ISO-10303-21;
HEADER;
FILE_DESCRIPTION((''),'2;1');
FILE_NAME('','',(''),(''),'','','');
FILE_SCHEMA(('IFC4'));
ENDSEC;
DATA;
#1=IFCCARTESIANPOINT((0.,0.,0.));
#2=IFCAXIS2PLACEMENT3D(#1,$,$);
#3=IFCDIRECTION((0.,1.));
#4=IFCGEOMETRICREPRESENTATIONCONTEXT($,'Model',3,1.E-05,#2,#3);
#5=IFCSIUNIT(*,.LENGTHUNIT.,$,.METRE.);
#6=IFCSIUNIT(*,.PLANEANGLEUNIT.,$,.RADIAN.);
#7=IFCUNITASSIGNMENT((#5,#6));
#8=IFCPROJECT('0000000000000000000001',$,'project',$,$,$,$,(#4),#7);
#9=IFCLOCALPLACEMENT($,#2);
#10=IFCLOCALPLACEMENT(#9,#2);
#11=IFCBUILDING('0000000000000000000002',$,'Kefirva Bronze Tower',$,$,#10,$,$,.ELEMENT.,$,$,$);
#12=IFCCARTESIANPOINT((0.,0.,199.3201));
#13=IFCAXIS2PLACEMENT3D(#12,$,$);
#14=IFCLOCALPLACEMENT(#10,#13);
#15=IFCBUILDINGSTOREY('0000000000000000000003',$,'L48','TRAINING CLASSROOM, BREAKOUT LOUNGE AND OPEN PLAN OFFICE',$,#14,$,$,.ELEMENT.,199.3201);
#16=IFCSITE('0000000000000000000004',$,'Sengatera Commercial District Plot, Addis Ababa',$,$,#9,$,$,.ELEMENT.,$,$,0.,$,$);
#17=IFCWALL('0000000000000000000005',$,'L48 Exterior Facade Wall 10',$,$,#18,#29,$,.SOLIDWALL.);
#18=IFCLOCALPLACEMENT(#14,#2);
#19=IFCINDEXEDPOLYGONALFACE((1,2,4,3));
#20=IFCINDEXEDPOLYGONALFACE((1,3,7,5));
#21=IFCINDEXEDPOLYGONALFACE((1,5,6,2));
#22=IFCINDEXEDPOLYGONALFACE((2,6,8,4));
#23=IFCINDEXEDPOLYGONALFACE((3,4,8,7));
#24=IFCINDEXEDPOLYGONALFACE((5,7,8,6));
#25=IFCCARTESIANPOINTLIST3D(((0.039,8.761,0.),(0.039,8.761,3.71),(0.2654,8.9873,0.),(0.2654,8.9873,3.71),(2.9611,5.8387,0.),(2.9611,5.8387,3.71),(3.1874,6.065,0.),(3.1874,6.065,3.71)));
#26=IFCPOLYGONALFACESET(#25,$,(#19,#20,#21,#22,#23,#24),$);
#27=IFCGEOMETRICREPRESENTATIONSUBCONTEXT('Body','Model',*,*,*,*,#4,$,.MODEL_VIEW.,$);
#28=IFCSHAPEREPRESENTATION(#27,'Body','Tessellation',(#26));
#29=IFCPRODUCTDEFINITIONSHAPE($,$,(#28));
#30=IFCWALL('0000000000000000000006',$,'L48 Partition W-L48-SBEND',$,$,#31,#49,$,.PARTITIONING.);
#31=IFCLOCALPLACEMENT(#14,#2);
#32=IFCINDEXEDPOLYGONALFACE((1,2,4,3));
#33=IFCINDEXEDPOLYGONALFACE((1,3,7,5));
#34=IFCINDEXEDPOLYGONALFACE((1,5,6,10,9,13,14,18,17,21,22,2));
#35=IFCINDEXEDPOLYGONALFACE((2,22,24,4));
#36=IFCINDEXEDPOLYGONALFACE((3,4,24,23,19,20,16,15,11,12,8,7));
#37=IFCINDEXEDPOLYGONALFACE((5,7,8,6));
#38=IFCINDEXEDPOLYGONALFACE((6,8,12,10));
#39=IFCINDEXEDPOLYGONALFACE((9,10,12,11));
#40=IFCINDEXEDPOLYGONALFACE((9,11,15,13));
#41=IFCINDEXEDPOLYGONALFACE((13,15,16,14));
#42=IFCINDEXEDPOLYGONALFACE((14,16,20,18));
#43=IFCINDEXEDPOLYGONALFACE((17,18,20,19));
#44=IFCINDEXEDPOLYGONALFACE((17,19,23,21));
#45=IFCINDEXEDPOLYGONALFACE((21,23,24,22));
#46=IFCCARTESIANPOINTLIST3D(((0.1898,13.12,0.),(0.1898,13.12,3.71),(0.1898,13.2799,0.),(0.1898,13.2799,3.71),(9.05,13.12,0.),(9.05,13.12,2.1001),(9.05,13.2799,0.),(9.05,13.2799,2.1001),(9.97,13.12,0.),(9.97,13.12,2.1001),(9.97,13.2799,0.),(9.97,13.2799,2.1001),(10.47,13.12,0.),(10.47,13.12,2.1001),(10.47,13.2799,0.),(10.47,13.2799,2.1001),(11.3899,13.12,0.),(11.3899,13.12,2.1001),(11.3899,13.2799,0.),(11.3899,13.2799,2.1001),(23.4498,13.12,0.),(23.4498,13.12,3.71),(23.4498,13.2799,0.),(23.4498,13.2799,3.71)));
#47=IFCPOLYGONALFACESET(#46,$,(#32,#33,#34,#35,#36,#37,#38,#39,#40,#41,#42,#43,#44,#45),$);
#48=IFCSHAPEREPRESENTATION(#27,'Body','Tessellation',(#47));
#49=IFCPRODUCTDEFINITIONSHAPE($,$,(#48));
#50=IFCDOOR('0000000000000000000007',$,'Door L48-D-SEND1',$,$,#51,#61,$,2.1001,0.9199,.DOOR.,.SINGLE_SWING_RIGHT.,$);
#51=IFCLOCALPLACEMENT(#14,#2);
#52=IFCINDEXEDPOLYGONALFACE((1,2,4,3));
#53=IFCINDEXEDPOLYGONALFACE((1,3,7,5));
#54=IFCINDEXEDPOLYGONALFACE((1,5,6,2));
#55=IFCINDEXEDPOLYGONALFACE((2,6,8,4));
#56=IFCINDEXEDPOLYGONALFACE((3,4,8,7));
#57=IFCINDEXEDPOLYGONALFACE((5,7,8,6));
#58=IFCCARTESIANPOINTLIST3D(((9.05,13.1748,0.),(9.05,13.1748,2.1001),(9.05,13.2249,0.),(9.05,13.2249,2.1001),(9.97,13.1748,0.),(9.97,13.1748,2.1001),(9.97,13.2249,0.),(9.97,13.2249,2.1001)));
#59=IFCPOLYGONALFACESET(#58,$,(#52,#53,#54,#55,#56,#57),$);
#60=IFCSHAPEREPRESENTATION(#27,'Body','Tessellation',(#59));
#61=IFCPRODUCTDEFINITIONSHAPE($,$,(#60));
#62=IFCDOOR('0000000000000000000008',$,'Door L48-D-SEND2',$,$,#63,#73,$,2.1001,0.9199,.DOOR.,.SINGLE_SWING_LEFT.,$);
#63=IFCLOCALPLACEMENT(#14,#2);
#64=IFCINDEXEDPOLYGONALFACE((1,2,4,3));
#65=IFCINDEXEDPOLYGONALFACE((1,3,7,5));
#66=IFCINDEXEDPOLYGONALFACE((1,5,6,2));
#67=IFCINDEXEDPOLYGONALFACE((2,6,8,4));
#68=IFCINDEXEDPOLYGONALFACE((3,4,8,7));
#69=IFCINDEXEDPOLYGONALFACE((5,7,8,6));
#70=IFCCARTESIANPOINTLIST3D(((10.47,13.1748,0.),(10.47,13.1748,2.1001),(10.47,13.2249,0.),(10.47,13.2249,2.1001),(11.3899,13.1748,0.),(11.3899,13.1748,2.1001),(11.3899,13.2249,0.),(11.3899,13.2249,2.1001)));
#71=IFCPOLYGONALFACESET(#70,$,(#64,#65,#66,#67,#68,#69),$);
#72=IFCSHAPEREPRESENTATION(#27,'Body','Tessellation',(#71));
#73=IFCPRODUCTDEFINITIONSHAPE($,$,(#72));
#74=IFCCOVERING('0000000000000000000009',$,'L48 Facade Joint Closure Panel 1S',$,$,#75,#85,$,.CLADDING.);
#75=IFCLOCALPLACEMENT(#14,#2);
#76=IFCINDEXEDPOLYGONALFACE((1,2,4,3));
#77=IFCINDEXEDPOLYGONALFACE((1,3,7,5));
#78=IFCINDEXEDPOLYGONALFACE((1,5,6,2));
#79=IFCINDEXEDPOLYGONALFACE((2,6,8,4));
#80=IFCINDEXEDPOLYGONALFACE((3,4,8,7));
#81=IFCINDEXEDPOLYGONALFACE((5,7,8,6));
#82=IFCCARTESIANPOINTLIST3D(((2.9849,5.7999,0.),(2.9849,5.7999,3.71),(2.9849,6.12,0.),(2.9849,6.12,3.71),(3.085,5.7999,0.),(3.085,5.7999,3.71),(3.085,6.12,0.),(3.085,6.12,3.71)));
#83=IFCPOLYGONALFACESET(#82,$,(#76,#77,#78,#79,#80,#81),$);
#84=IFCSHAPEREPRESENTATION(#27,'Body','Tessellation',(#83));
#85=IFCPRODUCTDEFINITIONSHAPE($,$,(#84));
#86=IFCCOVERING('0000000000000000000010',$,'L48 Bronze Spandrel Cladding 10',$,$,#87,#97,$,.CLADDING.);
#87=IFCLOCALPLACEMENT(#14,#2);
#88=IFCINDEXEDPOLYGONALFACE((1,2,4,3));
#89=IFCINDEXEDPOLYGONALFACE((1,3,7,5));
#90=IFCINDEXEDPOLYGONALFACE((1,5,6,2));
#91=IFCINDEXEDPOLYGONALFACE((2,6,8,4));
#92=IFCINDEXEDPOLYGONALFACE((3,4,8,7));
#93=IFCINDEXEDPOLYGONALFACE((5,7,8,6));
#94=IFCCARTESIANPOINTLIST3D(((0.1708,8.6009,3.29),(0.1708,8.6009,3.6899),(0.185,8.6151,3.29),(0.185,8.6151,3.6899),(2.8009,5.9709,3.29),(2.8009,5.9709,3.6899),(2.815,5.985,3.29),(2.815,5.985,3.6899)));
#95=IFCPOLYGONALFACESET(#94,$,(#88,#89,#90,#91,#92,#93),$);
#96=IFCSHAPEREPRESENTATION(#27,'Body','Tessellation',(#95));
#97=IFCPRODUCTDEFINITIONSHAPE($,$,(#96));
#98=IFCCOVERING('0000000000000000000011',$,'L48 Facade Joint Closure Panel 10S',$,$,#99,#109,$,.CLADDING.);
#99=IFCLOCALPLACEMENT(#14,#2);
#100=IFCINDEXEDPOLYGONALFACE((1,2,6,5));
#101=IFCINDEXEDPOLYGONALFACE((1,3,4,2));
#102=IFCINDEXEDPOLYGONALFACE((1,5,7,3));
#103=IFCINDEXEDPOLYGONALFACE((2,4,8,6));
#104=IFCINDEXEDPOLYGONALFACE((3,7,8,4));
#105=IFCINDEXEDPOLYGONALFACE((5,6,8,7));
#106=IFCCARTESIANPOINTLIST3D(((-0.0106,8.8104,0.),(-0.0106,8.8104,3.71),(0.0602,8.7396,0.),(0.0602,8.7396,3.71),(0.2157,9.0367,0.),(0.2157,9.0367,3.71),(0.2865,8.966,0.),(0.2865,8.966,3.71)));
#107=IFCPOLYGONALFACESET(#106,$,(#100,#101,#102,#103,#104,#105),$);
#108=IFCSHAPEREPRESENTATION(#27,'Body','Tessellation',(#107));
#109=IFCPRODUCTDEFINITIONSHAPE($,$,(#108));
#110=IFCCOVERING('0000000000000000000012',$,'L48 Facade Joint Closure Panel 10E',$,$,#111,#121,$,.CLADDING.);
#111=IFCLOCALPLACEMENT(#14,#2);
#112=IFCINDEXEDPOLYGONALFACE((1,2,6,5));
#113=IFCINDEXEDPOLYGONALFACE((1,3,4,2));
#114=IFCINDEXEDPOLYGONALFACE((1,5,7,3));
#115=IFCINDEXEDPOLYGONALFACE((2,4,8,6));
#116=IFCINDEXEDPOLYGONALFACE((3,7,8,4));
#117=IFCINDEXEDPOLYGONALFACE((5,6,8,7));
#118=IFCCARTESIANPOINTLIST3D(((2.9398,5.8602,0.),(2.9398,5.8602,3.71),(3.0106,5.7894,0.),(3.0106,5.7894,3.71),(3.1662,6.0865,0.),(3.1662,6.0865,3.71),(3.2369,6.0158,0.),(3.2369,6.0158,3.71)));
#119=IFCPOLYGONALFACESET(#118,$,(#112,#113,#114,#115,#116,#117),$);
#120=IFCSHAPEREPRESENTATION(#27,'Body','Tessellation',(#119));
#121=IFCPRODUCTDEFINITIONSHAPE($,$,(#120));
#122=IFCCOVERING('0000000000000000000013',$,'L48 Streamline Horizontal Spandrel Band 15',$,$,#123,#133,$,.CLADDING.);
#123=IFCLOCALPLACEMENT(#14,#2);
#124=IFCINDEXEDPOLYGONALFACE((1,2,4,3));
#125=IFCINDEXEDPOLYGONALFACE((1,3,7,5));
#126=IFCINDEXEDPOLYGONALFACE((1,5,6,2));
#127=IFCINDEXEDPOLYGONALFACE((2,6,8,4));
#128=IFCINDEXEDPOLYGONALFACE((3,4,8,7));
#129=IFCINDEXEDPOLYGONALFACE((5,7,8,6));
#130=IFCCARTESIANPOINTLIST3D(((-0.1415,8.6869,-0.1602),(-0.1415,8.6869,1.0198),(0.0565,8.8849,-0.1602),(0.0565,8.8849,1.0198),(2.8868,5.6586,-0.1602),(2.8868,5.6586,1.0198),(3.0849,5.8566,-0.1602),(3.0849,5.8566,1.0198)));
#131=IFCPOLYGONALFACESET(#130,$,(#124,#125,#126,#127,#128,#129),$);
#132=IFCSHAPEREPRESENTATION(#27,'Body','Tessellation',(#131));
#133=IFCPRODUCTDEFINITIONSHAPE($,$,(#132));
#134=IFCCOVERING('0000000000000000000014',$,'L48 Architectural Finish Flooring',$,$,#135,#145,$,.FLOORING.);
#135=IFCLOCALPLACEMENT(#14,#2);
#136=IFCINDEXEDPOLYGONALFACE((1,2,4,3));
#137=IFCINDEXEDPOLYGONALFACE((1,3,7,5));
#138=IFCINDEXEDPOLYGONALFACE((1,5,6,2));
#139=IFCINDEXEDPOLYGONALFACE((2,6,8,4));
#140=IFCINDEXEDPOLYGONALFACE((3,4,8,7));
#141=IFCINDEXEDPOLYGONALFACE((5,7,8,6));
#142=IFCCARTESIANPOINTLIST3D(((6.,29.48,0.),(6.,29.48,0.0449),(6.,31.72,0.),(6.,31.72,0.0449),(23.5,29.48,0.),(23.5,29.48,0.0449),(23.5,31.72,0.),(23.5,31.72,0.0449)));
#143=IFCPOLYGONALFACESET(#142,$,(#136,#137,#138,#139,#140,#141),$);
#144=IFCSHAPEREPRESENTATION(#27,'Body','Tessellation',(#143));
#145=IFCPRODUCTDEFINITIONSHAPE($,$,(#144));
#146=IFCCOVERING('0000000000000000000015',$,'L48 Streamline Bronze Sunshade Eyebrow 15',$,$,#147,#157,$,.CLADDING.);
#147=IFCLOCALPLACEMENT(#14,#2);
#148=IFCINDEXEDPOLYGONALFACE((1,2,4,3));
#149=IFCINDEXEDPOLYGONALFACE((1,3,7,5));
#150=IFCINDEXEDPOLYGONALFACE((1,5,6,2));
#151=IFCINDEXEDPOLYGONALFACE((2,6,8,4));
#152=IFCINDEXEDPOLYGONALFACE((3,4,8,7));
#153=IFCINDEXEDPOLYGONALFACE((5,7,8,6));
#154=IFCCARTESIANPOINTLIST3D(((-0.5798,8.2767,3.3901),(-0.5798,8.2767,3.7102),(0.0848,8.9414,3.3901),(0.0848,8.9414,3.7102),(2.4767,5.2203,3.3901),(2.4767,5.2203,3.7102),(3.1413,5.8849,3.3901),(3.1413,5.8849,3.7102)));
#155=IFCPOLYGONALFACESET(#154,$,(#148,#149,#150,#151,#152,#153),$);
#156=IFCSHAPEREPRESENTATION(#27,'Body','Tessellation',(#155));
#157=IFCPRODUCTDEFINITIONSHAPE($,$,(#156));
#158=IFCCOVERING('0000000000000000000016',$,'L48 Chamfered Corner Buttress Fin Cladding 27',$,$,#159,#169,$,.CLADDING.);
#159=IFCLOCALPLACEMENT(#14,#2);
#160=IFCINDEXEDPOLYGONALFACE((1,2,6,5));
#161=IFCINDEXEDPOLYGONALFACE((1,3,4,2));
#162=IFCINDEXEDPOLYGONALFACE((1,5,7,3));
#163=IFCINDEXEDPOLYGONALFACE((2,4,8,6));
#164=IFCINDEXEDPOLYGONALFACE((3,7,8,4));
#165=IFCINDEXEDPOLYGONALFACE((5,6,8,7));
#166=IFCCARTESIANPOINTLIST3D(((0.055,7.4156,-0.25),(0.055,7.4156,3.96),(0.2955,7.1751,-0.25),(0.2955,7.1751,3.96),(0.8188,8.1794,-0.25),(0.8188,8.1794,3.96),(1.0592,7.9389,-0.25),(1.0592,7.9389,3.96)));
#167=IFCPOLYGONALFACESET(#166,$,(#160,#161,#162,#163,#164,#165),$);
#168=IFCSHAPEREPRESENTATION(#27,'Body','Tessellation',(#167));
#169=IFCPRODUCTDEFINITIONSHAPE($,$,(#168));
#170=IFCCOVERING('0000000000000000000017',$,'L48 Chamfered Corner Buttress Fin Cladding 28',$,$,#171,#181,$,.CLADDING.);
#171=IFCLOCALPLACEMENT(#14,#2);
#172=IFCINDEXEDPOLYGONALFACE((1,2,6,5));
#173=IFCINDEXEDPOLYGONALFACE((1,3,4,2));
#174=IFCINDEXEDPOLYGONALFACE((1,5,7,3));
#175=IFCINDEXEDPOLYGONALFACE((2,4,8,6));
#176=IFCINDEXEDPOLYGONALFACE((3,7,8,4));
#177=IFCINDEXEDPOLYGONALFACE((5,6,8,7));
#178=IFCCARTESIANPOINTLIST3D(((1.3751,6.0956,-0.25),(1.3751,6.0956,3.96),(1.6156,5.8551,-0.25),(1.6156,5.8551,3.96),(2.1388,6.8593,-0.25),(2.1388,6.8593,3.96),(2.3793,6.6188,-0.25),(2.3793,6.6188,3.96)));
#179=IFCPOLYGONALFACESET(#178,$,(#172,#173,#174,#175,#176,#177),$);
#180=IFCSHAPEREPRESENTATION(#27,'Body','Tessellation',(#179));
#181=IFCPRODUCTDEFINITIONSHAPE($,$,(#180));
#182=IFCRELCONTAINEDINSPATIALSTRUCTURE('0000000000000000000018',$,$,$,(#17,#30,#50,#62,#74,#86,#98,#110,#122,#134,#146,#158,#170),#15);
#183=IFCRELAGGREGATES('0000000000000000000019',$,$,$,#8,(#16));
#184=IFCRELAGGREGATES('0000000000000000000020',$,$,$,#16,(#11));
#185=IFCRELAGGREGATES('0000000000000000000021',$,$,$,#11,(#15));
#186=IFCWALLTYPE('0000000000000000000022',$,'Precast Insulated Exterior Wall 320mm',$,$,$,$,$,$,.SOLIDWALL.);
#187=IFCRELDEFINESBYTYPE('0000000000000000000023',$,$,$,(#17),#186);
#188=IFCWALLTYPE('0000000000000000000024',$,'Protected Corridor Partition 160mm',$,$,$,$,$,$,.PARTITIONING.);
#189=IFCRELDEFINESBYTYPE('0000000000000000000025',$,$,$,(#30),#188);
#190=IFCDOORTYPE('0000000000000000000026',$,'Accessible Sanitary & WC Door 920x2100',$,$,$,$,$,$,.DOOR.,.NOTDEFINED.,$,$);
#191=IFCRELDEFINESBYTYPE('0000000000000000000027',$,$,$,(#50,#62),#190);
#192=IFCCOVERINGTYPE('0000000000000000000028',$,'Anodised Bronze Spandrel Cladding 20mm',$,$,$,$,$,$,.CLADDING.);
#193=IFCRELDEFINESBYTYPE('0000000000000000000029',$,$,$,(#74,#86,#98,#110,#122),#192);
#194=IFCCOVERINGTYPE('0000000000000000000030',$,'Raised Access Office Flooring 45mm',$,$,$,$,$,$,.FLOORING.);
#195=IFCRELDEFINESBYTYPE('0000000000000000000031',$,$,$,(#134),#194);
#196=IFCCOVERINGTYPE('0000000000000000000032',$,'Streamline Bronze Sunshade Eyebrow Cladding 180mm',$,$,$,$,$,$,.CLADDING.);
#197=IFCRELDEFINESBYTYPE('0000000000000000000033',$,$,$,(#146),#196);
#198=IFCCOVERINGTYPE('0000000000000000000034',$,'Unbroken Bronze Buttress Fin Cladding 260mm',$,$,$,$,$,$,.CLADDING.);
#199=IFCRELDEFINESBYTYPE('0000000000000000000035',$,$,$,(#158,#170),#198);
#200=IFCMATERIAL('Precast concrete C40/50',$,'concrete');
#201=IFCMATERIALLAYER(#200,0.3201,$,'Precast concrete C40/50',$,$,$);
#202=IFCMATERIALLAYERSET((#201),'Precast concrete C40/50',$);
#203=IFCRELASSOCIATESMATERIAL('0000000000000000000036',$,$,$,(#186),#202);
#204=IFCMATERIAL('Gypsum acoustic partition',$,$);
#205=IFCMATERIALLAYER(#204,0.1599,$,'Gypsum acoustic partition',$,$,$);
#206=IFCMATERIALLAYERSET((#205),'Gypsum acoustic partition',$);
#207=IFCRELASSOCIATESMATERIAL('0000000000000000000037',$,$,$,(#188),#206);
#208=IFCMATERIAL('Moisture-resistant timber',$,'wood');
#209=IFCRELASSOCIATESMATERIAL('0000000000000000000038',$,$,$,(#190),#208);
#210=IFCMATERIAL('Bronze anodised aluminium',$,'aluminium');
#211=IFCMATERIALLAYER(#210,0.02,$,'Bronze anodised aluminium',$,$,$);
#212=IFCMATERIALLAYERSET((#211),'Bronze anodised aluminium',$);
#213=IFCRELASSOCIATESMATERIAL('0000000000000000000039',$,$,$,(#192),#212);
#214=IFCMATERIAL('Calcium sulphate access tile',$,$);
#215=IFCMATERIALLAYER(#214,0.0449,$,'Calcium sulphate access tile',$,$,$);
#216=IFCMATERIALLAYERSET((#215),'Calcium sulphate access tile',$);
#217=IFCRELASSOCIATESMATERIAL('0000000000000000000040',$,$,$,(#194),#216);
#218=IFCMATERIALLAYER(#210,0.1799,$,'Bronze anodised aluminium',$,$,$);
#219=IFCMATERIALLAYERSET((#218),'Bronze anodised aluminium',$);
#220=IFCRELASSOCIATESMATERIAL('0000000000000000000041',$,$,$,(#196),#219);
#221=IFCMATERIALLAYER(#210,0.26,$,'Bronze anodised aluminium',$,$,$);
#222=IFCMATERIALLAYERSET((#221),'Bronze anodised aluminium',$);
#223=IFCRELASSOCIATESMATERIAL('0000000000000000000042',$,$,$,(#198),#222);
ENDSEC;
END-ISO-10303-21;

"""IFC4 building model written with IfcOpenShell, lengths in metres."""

from ifc_helpers import new_model, si_unit, direction, frame, frame_2d, origin, origin_2d, place, context, subcontext, project, spatial, polyline, rectangle, outline, extrude, material, layer, layer_set, type_object, element, fill, save


model = new_model("IFC4")

# Units and contexts
model_context = context("Model", 3, precision=1e-05, world=origin(), true_north=direction((0.0, 1.0)))
body_context = subcontext(model_context, "Body", "Model", "MODEL_VIEW")
ifc_project = project(units=[si_unit("LENGTHUNIT", "METRE"), si_unit("PLANEANGLEUNIT", "RADIAN")], contexts=[model_context])

# Site, building, storey
site_placement = place(None, origin())
site = spatial("IfcSite", under=ifc_project, at=site_placement, Name="Sengatera Commercial District Plot, Addis Ababa", CompositionType="ELEMENT", RefElevation=0.0)
building_placement = place(site_placement, origin())
building = spatial("IfcBuilding", under=site, at=building_placement, Name="Kefirva Bronze Tower", CompositionType="ELEMENT")
storey_placement = place(building_placement, frame((0.0, 0.0, 199.3201)))
storey = spatial("IfcBuildingStorey", under=building, at=storey_placement, Name="L48", Description="TRAINING CLASSROOM, BREAKOUT LOUNGE AND OPEN PLAN OFFICE", CompositionType="ELEMENT", Elevation=199.3201)

# Shared definitions
ifc_material_1 = material(Name="Bronze anodised aluminium", Category="aluminium")

# Wall
ifc_material_2 = material(Name="Precast concrete C40/50", Category="concrete")
ifc_layer_1 = layer(ifc_material_2, 0.3201, Name="Precast concrete C40/50")
ifc_layer_set_1 = layer_set([ifc_layer_1], Name="Precast concrete C40/50")
wall_type_1 = type_object("IfcWallType", Name="Precast Insulated Exterior Wall 320mm", PredefinedType="SOLIDWALL", material=ifc_layer_set_1)
wall_1_placement = place(storey_placement, frame((0.1521, 8.8743, 0.0), z_axis=(0.0, 0.0, 1.0), x_axis=(0.707077, -0.707136, 0.0)))
element("IfcWall", 1, at=wall_1_placement, inside=storey, type_object=wall_type_1, Name="L48 Exterior Facade Wall 10", PredefinedType="SOLIDWALL", context=body_context, shape_type="SweptSolid", body=[
    extrude(rectangle(XDim=4.1326, YDim=0.3201, at=frame_2d((2.0664, 0.0))), origin(), (0.0, 0.0, 1.0), 3.71),
])

# Wall, openings, doors
ifc_material_3 = material(Name="Gypsum acoustic partition")
ifc_layer_2 = layer(ifc_material_3, 0.1599, Name="Gypsum acoustic partition")
ifc_layer_set_2 = layer_set([ifc_layer_2], Name="Gypsum acoustic partition")
wall_type_2 = type_object("IfcWallType", Name="Protected Corridor Partition 160mm", PredefinedType="PARTITIONING", material=ifc_layer_set_2)
wall_2_placement = place(storey_placement, frame((0.1899, 13.2, 0.0), z_axis=(0.0, 0.0, 1.0), x_axis=(1.0, 0.0, 0.0)))
wall_2 = element("IfcWall", 2, at=wall_2_placement, inside=storey, type_object=wall_type_2, Name="L48 Partition W-L48-SBEND", PredefinedType="PARTITIONING", context=body_context, shape_type="SweptSolid", body=[
    extrude(rectangle(XDim=23.26, YDim=0.1599, at=frame_2d((11.6299, 0.0))), origin(), (0.0, 0.0, 1.0), 3.71),
])
opening_1_placement = place(wall_2_placement, frame((8.8601, 0.0, 0.0)))
opening_1 = element("IfcOpeningElement", 3, at=opening_1_placement, cuts=wall_2, PredefinedType="OPENING", context=body_context, shape_type="SweptSolid", body=[
    extrude(rectangle(XDim=0.9199, YDim=2.1001, at=frame_2d((0.46, 1.05))), frame((0.0, 0.0898, 0.0), z_axis=(0.0, -1.0, 0.0), x_axis=(1.0, 0.0, 0.0)), (0.0, 0.0, 1.0), 0.1799),
])
opening_2_placement = place(wall_2_placement, frame((10.28, 0.0, 0.0)))
opening_2 = element("IfcOpeningElement", 4, at=opening_2_placement, cuts=wall_2, PredefinedType="OPENING", context=body_context, shape_type="SweptSolid", body=[
    extrude(rectangle(XDim=0.9199, YDim=2.1001, at=frame_2d((0.46, 1.05))), frame((0.0, 0.0898, 0.0), z_axis=(0.0, -1.0, 0.0), x_axis=(1.0, 0.0, 0.0)), (0.0, 0.0, 1.0), 0.1799),
])
ifc_material_4 = material(Name="Moisture-resistant timber", Category="wood")
door_type = type_object("IfcDoorType", Name="Accessible Sanitary & WC Door 920x2100", OperationType="NOTDEFINED", PredefinedType="DOOR", material=ifc_material_4)
door_1_placement = place(opening_1_placement, origin())
door_1 = element("IfcDoor", 5, at=door_1_placement, inside=storey, type_object=door_type, Name="Door L48-D-SEND1", OperationType="SINGLE_SWING_RIGHT", OverallHeight=2.1001, OverallWidth=0.9199, PredefinedType="DOOR", context=body_context, shape_type="SweptSolid", body=[
    extrude(rectangle(XDim=0.9199, YDim=2.1001, at=frame_2d((0.46, 1.05))), frame((0.0, 0.0249, 0.0), z_axis=(0.0, -1.0, 0.0), x_axis=(1.0, 0.0, 0.0)), (0.0, 0.0, 1.0), 0.05),
])
fill(opening_1, door_1)
door_2_placement = place(opening_2_placement, origin())
door_2 = element("IfcDoor", 6, at=door_2_placement, inside=storey, type_object=door_type, Name="Door L48-D-SEND2", OperationType="SINGLE_SWING_LEFT", OverallHeight=2.1001, OverallWidth=0.9199, PredefinedType="DOOR", context=body_context, shape_type="SweptSolid", body=[
    extrude(rectangle(XDim=0.9199, YDim=2.1001, at=frame_2d((0.46, 1.05))), frame((0.0, 0.0249, 0.0), z_axis=(0.0, -1.0, 0.0), x_axis=(1.0, 0.0, 0.0)), (0.0, 0.0, 1.0), 0.05),
])
fill(opening_2, door_2)

# Coverings
ifc_layer_3 = layer(ifc_material_1, 0.02, Name="Bronze anodised aluminium")
ifc_layer_set_3 = layer_set([ifc_layer_3], Name="Bronze anodised aluminium")
covering_type_1 = type_object("IfcCoveringType", Name="Anodised Bronze Spandrel Cladding 20mm", PredefinedType="CLADDING", material=ifc_layer_set_3)
covering_1_placement = place(storey_placement, frame((3.0349, 5.96, 0.0), z_axis=(0.0, 0.0, 1.0), x_axis=(1.0, 0.0, 0.0)))
element("IfcCovering", 7, at=covering_1_placement, inside=storey, type_object=covering_type_1, Name="L48 Facade Joint Closure Panel 1S", PredefinedType="CLADDING", context=body_context, shape_type="SweptSolid", body=[
    extrude(rectangle(XDim=0.1001, YDim=0.3201, at=origin_2d()), origin(), (0.0, 0.0, 1.0), 3.71),
])
covering_2_placement = place(storey_placement, frame((1.4929, 7.293, 3.29), z_axis=(0.0, 0.0, 1.0), x_axis=(0.707107, -0.707107, 0.0)))
element("IfcCovering", 8, at=covering_2_placement, inside=storey, type_object=covering_type_1, Name="L48 Bronze Spandrel Cladding 10", PredefinedType="CLADDING", context=body_context, shape_type="SweptSolid", body=[
    extrude(rectangle(XDim=3.7195, YDim=0.02, at=origin_2d()), origin(), (0.0, 0.0, 1.0), 0.3999),
])
for number, where, z_axis, x_axis, name in (
    (9, (0.1379, 8.8882, 0.0), (0.0, 0.0, 1.0), (0.707107, -0.707107, 0.0), "L48 Facade Joint Closure Panel 10S"),
    (10, (3.0884, 5.938, 0.0), (0.0, 0.0, 1.0), (0.707107, -0.707107, 0.0), "L48 Facade Joint Closure Panel 10E"),
):
    element("IfcCovering", number, at=place(storey_placement, frame(where, z_axis=z_axis, x_axis=x_axis)), inside=storey, type_object=covering_type_1, Name=name, PredefinedType="CLADDING", context=body_context, shape_type="SweptSolid", body=[
        extrude(rectangle(XDim=0.1001, YDim=0.3201, at=origin_2d()), origin(), (0.0, 0.0, 1.0), 3.71),
    ])
covering_3_placement = place(storey_placement, frame((1.4717, 7.2717, -0.1602), z_axis=(0.0, 0.0, 1.0), x_axis=(0.707107, -0.707107, 0.0)))
element("IfcCovering", 11, at=covering_3_placement, inside=storey, type_object=covering_type_1, Name="L48 Streamline Horizontal Spandrel Band 15", PredefinedType="CLADDING", context=body_context, shape_type="SweptSolid", body=[
    extrude(rectangle(XDim=4.2827, YDim=0.28, at=origin_2d()), origin(), (0.0, 0.0, 1.0), 1.1799),
])
ifc_material_5 = material(Name="Calcium sulphate access tile")
ifc_layer_4 = layer(ifc_material_5, 0.0449, Name="Calcium sulphate access tile")
ifc_layer_set_4 = layer_set([ifc_layer_4], Name="Calcium sulphate access tile")
covering_type_2 = type_object("IfcCoveringType", Name="Raised Access Office Flooring 45mm", PredefinedType="FLOORING", material=ifc_layer_set_4)
covering_4_placement = place(storey_placement, origin())
element("IfcCovering", 12, at=covering_4_placement, inside=storey, type_object=covering_type_2, Name="L48 Architectural Finish Flooring", PredefinedType="FLOORING", context=body_context, shape_type="SweptSolid", body=[
    extrude(outline(polyline([(6.0, 29.48), (23.5, 29.48), (23.5, 31.72), (6.0, 31.72), (6.0, 29.48)])), origin(), (0.0, 0.0, 1.0), 0.0449),
])
ifc_layer_5 = layer(ifc_material_1, 0.1799, Name="Bronze anodised aluminium")
ifc_layer_set_5 = layer_set([ifc_layer_5], Name="Bronze anodised aluminium")
covering_type_3 = type_object("IfcCoveringType", Name="Streamline Bronze Sunshade Eyebrow Cladding 180mm", PredefinedType="CLADDING", material=ifc_layer_set_5)
covering_5_placement = place(storey_placement, frame((1.2808, 7.0808, 3.3901), z_axis=(0.0, 0.0, 1.0), x_axis=(0.707107, -0.707107, 0.0)))
element("IfcCovering", 13, at=covering_5_placement, inside=storey, type_object=covering_type_3, Name="L48 Streamline Bronze Sunshade Eyebrow 15", PredefinedType="CLADDING", context=body_context, shape_type="SweptSolid", body=[
    extrude(rectangle(XDim=4.3225, YDim=0.9399, at=origin_2d()), origin(), (0.0, 0.0, 1.0), 0.3201),
])
ifc_layer_6 = layer(ifc_material_1, 0.26, Name="Bronze anodised aluminium")
ifc_layer_set_6 = layer_set([ifc_layer_6], Name="Bronze anodised aluminium")
covering_type_4 = type_object("IfcCoveringType", Name="Unbroken Bronze Buttress Fin Cladding 260mm", PredefinedType="CLADDING", material=ifc_layer_set_6)
for number, where, z_axis, x_axis, name in (
    (14, (0.5571, 7.6772, -0.25), (0.0, 0.0, 1.0), (0.707107, -0.707107, 0.0), "L48 Chamfered Corner Buttress Fin Cladding 27"),
    (15, (1.8772, 6.3572, -0.25), (0.0, 0.0, 1.0), (0.707107, -0.707107, 0.0), "L48 Chamfered Corner Buttress Fin Cladding 28"),
):
    element("IfcCovering", number, at=place(storey_placement, frame(where, z_axis=z_axis, x_axis=x_axis)), inside=storey, type_object=covering_type_4, Name=name, PredefinedType="CLADDING", context=body_context, shape_type="SweptSolid", body=[
        extrude(rectangle(XDim=0.3401, YDim=1.0801, at=origin_2d()), origin(), (0.0, 0.0, 1.0), 4.21),
    ])

save(model, "model.ifc")
